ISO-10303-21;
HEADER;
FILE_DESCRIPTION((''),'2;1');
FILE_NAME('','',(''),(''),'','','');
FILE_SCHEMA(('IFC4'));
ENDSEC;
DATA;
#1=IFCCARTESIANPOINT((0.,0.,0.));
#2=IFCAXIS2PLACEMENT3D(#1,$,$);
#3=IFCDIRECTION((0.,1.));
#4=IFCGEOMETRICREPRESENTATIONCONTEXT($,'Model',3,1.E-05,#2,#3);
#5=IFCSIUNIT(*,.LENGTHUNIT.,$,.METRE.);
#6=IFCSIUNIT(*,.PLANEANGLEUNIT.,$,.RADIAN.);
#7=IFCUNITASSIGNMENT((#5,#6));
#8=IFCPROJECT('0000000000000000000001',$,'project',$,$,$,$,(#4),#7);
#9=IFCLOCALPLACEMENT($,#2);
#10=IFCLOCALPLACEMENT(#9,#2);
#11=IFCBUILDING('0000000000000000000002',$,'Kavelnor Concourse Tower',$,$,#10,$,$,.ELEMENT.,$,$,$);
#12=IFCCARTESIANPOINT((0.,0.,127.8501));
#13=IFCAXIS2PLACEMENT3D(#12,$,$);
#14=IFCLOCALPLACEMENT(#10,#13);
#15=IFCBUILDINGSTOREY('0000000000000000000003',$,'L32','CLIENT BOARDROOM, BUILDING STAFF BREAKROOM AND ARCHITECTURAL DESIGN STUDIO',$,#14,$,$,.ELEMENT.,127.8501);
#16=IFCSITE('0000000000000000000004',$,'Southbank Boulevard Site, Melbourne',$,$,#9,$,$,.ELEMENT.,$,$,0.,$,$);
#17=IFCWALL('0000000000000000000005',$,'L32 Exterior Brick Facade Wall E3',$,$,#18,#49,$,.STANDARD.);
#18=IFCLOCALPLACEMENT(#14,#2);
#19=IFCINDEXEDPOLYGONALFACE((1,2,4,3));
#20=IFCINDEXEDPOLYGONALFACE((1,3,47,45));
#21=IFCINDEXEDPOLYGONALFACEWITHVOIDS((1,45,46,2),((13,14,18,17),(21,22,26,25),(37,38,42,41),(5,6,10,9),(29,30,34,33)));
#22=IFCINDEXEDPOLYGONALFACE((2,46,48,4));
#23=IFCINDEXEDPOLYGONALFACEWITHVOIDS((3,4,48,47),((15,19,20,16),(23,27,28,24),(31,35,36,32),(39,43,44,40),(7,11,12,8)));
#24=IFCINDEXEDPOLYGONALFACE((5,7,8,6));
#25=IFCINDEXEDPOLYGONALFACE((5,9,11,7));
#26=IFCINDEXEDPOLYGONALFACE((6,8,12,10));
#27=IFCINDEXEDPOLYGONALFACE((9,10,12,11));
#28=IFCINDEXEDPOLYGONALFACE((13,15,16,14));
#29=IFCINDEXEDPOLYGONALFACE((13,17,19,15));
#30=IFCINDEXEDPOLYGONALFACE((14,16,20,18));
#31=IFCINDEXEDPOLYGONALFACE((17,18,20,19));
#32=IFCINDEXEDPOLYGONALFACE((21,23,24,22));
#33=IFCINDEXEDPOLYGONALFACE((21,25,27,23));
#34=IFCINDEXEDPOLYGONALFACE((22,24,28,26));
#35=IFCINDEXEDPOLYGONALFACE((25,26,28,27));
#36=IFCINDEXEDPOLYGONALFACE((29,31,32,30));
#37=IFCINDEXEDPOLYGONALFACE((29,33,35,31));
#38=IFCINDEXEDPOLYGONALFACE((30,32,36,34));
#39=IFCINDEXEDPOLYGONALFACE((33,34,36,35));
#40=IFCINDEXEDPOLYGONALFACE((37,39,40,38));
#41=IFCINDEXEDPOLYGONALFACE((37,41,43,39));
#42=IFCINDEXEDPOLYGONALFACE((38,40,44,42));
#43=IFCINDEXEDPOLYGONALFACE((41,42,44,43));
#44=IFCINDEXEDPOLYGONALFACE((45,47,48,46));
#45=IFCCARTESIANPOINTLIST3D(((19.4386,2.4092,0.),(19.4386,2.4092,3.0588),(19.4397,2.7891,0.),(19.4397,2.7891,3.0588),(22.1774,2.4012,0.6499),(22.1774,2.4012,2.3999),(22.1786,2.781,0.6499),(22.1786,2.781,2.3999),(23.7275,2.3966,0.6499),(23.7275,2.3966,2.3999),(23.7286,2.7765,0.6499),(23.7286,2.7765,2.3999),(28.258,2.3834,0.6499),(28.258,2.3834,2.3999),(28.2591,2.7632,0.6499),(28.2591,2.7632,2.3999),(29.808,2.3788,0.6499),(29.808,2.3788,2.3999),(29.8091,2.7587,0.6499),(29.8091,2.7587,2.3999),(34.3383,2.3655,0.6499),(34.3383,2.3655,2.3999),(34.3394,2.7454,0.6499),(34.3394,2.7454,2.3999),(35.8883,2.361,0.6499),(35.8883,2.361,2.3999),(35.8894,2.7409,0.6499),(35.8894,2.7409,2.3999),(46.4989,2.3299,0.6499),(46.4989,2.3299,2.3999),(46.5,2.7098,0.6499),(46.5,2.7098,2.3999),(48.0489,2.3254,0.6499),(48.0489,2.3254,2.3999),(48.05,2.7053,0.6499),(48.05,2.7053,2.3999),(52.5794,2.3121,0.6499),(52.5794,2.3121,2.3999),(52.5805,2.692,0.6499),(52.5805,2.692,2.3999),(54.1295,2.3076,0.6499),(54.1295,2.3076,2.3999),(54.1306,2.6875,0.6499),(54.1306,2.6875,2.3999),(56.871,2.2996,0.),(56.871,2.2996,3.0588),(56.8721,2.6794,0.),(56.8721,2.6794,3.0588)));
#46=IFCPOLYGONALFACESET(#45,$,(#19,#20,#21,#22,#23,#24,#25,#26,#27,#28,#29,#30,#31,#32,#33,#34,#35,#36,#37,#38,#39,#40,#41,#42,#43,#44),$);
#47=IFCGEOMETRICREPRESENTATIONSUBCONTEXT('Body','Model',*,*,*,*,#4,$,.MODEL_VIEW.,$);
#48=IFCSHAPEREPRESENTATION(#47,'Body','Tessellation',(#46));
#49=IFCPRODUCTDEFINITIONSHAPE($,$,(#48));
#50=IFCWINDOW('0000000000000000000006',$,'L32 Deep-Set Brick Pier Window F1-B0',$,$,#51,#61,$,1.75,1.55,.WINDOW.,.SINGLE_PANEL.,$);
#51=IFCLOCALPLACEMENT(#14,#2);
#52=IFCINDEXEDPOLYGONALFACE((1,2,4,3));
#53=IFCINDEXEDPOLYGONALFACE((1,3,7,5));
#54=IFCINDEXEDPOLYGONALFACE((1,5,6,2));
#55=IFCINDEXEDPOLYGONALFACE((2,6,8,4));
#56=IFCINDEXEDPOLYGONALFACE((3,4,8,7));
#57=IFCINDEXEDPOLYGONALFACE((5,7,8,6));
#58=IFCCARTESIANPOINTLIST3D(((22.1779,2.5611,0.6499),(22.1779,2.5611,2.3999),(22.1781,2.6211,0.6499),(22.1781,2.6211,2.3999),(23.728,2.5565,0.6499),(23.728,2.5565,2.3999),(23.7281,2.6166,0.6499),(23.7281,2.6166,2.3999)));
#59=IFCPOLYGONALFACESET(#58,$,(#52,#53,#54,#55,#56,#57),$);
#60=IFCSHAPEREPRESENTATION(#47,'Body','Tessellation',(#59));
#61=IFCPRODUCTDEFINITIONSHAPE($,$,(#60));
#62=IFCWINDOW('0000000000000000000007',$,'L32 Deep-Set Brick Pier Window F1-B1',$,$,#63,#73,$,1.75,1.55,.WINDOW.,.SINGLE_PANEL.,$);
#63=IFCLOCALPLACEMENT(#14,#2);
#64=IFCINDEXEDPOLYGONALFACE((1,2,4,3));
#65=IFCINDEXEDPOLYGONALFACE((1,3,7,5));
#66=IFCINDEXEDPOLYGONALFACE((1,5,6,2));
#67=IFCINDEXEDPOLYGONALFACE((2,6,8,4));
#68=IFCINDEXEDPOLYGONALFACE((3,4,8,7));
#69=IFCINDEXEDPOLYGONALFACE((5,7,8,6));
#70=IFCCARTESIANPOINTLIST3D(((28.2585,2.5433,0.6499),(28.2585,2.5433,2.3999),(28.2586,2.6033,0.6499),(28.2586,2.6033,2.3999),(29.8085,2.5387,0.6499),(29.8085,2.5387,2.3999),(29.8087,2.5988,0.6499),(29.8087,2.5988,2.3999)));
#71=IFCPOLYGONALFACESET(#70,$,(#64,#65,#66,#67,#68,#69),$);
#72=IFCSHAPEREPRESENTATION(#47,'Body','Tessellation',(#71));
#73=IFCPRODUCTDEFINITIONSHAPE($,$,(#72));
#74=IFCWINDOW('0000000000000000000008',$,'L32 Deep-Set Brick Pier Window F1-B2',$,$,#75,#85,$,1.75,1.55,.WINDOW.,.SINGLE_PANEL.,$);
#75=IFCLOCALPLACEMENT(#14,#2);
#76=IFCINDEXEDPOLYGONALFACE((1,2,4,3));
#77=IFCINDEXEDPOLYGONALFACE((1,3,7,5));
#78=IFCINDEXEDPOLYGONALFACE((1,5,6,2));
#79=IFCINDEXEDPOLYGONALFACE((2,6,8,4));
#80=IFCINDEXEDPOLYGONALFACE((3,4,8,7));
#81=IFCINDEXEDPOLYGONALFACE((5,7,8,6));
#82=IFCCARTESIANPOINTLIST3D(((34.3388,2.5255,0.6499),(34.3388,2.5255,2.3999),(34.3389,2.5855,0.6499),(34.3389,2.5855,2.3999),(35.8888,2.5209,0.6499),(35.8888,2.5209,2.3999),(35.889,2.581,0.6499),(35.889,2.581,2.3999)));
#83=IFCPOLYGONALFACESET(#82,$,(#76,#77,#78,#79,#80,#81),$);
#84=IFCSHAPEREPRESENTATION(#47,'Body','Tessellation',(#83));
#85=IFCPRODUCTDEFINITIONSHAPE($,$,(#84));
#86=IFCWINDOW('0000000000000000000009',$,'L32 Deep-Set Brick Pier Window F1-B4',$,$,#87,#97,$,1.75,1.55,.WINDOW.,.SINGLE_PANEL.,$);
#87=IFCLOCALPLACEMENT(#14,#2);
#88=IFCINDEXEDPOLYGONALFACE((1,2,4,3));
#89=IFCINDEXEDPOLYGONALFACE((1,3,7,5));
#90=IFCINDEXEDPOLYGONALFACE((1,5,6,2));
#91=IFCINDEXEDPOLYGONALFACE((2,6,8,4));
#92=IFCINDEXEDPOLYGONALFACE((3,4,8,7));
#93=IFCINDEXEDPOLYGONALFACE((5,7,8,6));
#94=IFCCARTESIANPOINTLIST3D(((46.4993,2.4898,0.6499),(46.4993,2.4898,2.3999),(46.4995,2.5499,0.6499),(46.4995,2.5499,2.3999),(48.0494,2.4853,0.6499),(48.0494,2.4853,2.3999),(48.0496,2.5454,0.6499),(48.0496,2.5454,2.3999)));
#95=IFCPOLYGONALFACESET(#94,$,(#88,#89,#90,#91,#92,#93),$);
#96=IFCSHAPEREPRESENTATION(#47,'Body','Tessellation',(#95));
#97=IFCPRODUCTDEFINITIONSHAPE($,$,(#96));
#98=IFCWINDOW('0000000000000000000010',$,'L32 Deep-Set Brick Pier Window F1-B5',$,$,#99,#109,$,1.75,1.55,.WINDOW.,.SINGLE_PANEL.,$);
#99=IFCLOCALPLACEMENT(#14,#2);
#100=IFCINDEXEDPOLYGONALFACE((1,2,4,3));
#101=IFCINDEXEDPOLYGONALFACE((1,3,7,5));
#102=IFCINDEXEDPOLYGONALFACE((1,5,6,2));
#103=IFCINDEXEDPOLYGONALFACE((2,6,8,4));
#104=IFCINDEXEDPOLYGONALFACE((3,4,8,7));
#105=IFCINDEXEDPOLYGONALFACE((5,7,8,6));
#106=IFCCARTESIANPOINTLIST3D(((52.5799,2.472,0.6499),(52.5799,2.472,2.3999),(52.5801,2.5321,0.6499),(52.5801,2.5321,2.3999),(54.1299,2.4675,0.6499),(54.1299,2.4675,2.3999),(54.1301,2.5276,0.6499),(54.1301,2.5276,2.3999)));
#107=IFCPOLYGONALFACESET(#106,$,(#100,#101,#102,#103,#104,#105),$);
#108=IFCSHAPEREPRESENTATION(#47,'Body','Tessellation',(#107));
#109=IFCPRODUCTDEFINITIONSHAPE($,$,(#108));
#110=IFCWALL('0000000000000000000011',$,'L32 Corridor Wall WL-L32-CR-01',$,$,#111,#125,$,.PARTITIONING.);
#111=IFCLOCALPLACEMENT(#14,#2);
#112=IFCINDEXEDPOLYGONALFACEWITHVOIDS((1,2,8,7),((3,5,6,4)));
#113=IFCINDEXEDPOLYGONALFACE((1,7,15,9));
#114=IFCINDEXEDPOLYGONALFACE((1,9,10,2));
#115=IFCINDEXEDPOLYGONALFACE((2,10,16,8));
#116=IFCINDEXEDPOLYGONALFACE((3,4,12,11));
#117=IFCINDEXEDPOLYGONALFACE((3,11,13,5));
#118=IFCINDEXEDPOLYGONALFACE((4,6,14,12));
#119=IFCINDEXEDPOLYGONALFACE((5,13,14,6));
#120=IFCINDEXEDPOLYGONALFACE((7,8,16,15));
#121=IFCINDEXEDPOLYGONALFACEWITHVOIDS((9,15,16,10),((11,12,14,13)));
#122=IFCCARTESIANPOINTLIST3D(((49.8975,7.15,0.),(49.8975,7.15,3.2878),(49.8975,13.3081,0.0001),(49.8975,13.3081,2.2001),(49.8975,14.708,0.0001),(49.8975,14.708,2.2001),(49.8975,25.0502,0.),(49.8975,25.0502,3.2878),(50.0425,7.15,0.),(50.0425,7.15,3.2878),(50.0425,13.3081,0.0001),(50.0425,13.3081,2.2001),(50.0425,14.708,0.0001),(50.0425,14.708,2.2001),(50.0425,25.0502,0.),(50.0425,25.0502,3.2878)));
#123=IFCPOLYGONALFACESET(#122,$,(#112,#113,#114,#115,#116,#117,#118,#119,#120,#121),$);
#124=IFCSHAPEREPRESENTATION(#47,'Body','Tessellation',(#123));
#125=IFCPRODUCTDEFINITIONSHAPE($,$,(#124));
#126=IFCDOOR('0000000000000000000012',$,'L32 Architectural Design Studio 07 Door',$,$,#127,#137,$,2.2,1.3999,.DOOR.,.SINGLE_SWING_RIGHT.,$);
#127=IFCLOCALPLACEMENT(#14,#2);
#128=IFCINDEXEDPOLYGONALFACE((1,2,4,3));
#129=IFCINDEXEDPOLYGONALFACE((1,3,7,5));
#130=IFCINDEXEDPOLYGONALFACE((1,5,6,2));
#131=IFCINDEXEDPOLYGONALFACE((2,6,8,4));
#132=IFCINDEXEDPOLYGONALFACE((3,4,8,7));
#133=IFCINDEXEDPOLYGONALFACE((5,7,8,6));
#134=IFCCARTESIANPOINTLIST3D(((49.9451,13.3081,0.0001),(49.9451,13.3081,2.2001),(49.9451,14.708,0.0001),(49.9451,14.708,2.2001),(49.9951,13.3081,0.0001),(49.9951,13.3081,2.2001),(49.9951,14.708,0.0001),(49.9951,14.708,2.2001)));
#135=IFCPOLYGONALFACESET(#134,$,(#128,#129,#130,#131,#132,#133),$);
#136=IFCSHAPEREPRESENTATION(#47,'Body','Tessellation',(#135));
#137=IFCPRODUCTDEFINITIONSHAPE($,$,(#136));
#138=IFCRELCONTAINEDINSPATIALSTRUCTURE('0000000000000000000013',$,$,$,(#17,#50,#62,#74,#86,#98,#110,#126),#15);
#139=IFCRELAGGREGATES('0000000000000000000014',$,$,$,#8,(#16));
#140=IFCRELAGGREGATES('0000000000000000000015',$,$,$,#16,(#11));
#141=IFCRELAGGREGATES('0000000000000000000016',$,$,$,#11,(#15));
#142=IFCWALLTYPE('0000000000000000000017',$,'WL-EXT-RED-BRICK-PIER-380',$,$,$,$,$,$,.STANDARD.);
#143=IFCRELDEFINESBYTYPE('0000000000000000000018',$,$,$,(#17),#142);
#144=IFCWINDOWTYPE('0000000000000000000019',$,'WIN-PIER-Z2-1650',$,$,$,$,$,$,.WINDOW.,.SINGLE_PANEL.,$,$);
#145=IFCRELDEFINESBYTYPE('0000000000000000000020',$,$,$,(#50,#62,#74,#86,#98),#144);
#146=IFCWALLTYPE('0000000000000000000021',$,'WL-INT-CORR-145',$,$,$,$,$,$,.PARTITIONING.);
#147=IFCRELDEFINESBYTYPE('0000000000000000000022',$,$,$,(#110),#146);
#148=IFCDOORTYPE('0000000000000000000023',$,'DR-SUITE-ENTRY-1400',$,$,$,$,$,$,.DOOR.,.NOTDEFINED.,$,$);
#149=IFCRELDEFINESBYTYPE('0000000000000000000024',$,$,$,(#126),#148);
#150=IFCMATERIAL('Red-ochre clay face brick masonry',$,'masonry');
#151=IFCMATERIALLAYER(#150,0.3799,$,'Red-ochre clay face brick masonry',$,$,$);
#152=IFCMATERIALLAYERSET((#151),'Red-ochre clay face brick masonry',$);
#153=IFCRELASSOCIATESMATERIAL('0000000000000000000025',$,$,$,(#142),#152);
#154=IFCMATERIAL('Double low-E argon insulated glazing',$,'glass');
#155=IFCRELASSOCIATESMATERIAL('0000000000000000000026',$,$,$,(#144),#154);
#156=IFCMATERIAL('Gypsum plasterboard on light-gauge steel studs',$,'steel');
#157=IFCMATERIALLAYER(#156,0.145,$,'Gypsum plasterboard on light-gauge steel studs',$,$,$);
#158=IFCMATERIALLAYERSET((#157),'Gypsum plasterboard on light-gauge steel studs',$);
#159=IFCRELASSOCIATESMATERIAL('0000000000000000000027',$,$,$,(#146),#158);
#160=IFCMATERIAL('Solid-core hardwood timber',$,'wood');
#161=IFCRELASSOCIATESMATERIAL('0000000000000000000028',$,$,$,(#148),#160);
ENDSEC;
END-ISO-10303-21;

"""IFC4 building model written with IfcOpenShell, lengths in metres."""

from ifc_helpers import new_model, si_unit, direction, frame, frame_2d, origin, place, context, subcontext, project, spatial, rectangle, extrude, material, layer, layer_set, type_object, element, fill, save


model = new_model("IFC4")

# Units and contexts
model_context = context("Model", 3, precision=1e-05, world=origin(), true_north=direction((0.0, 1.0)))
body_context = subcontext(model_context, "Body", "Model", "MODEL_VIEW")
ifc_project = project(units=[si_unit("LENGTHUNIT", "METRE"), si_unit("PLANEANGLEUNIT", "RADIAN")], contexts=[model_context])

# Site, building, storey
site_placement = place(None, origin())
site = spatial("IfcSite", under=ifc_project, at=site_placement, Name="Southbank Boulevard Site, Melbourne", CompositionType="ELEMENT", RefElevation=0.0)
building_placement = place(site_placement, origin())
building = spatial("IfcBuilding", under=site, at=building_placement, Name="Kavelnor Concourse Tower", CompositionType="ELEMENT")
storey_placement = place(building_placement, frame((0.0, 0.0, 127.8501)))
storey = spatial("IfcBuildingStorey", under=building, at=storey_placement, Name="L32", Description="CLIENT BOARDROOM, BUILDING STAFF BREAKROOM AND ARCHITECTURAL DESIGN STUDIO", CompositionType="ELEMENT", Elevation=127.8501)

# Shared definitions
ifc_material_1 = material(Name="Double low-E argon insulated glazing", Category="glass")

# Wall, openings, windows
ifc_material_2 = material(Name="Red-ochre clay face brick masonry", Category="masonry")
ifc_layer_1 = layer(ifc_material_2, 0.3799, Name="Red-ochre clay face brick masonry")
ifc_layer_set_1 = layer_set([ifc_layer_1], Name="Red-ochre clay face brick masonry")
wall_type_1 = type_object("IfcWallType", Name="WL-EXT-RED-BRICK-PIER-380", PredefinedType="STANDARD", material=ifc_layer_set_1)
wall_1_placement = place(storey_placement, frame((56.8716, 2.4895, 0.0), z_axis=(0.0, 0.0, 1.0), x_axis=(-0.999996, 0.002928, 0.0)))
wall_1 = element("IfcWall", 1, at=wall_1_placement, inside=storey, type_object=wall_type_1, Name="L32 Exterior Brick Facade Wall E3", PredefinedType="STANDARD", context=body_context, shape_type="SweptSolid", body=[
    extrude(rectangle(XDim=37.4326, YDim=0.3799, at=frame_2d((18.7163, 0.0))), origin(), (0.0, 0.0, 1.0), 3.0588),
])
opening_1_placement = place(wall_1_placement, frame((33.1438, 0.0, 0.6499)))
opening_1 = element("IfcOpeningElement", 2, at=opening_1_placement, cuts=wall_1, PredefinedType="OPENING", context=body_context, shape_type="SweptSolid", body=[
    extrude(rectangle(XDim=1.55, YDim=1.75, at=frame_2d((0.7749, 0.875))), frame((0.0, 0.2, 0.0), z_axis=(0.0, -1.0, 0.0), x_axis=(1.0, 0.0, 0.0)), (0.0, 0.0, 1.0), 0.3999),
])
opening_2_placement = place(wall_1_placement, frame((27.0632, 0.0, 0.6499)))
opening_2 = element("IfcOpeningElement", 3, at=opening_2_placement, cuts=wall_1, PredefinedType="OPENING", context=body_context, shape_type="SweptSolid", body=[
    extrude(rectangle(XDim=1.55, YDim=1.75, at=frame_2d((0.7749, 0.875))), frame((0.0, 0.2, 0.0), z_axis=(0.0, -1.0, 0.0), x_axis=(1.0, 0.0, 0.0)), (0.0, 0.0, 1.0), 0.3999),
])
opening_3_placement = place(wall_1_placement, frame((20.9829, 0.0, 0.6499)))
opening_3 = element("IfcOpeningElement", 4, at=opening_3_placement, cuts=wall_1, PredefinedType="OPENING", context=body_context, shape_type="SweptSolid", body=[
    extrude(rectangle(XDim=1.55, YDim=1.75, at=frame_2d((0.7749, 0.875))), frame((0.0, 0.2, 0.0), z_axis=(0.0, -1.0, 0.0), x_axis=(1.0, 0.0, 0.0)), (0.0, 0.0, 1.0), 0.3999),
])
opening_4_placement = place(wall_1_placement, frame((8.8223, 0.0, 0.6499)))
opening_4 = element("IfcOpeningElement", 5, at=opening_4_placement, cuts=wall_1, PredefinedType="OPENING", context=body_context, shape_type="SweptSolid", body=[
    extrude(rectangle(XDim=1.55, YDim=1.75, at=frame_2d((0.7749, 0.875))), frame((0.0, 0.2, 0.0), z_axis=(0.0, -1.0, 0.0), x_axis=(1.0, 0.0, 0.0)), (0.0, 0.0, 1.0), 0.3999),
])
opening_5_placement = place(wall_1_placement, frame((2.7417, 0.0, 0.6499)))
opening_5 = element("IfcOpeningElement", 6, at=opening_5_placement, cuts=wall_1, PredefinedType="OPENING", context=body_context, shape_type="SweptSolid", body=[
    extrude(rectangle(XDim=1.55, YDim=1.75, at=frame_2d((0.7749, 0.875))), frame((0.0, 0.2, 0.0), z_axis=(0.0, -1.0, 0.0), x_axis=(1.0, 0.0, 0.0)), (0.0, 0.0, 1.0), 0.3999),
])
window_type_1 = type_object("IfcWindowType", Name="WIN-PIER-Z2-1650", PartitioningType="SINGLE_PANEL", PredefinedType="WINDOW", material=ifc_material_1)
window_1_placement = place(opening_1_placement, origin())
window_1 = element("IfcWindow", 7, at=window_1_placement, inside=storey, type_object=window_type_1, Name="L32 Deep-Set Brick Pier Window F1-B0", OverallHeight=1.75, OverallWidth=1.55, PartitioningType="SINGLE_PANEL", PredefinedType="WINDOW", context=body_context, shape_type="SweptSolid", body=[
    extrude(rectangle(XDim=1.55, YDim=1.75, at=frame_2d((0.7749, 0.875))), frame((0.0, 0.03, 0.0), z_axis=(0.0, -1.0, 0.0), x_axis=(1.0, 0.0, 0.0)), (0.0, 0.0, 1.0), 0.0601),
])
fill(opening_1, window_1)
window_2_placement = place(opening_2_placement, origin())
window_2 = element("IfcWindow", 8, at=window_2_placement, inside=storey, type_object=window_type_1, Name="L32 Deep-Set Brick Pier Window F1-B1", OverallHeight=1.75, OverallWidth=1.55, PartitioningType="SINGLE_PANEL", PredefinedType="WINDOW", context=body_context, shape_type="SweptSolid", body=[
    extrude(rectangle(XDim=1.55, YDim=1.75, at=frame_2d((0.7749, 0.875))), frame((0.0, 0.03, 0.0), z_axis=(0.0, -1.0, 0.0), x_axis=(1.0, 0.0, 0.0)), (0.0, 0.0, 1.0), 0.0601),
])
fill(opening_2, window_2)
window_3_placement = place(opening_3_placement, origin())
window_3 = element("IfcWindow", 9, at=window_3_placement, inside=storey, type_object=window_type_1, Name="L32 Deep-Set Brick Pier Window F1-B2", OverallHeight=1.75, OverallWidth=1.55, PartitioningType="SINGLE_PANEL", PredefinedType="WINDOW", context=body_context, shape_type="SweptSolid", body=[
    extrude(rectangle(XDim=1.55, YDim=1.75, at=frame_2d((0.7749, 0.875))), frame((0.0, 0.03, 0.0), z_axis=(0.0, -1.0, 0.0), x_axis=(1.0, 0.0, 0.0)), (0.0, 0.0, 1.0), 0.0601),
])
fill(opening_3, window_3)
window_4_placement = place(opening_4_placement, origin())
window_4 = element("IfcWindow", 10, at=window_4_placement, inside=storey, type_object=window_type_1, Name="L32 Deep-Set Brick Pier Window F1-B4", OverallHeight=1.75, OverallWidth=1.55, PartitioningType="SINGLE_PANEL", PredefinedType="WINDOW", context=body_context, shape_type="SweptSolid", body=[
    extrude(rectangle(XDim=1.55, YDim=1.75, at=frame_2d((0.7749, 0.875))), frame((0.0, 0.03, 0.0), z_axis=(0.0, -1.0, 0.0), x_axis=(1.0, 0.0, 0.0)), (0.0, 0.0, 1.0), 0.0601),
])
fill(opening_4, window_4)
window_5_placement = place(opening_5_placement, origin())
window_5 = element("IfcWindow", 11, at=window_5_placement, inside=storey, type_object=window_type_1, Name="L32 Deep-Set Brick Pier Window F1-B5", OverallHeight=1.75, OverallWidth=1.55, PartitioningType="SINGLE_PANEL", PredefinedType="WINDOW", context=body_context, shape_type="SweptSolid", body=[
    extrude(rectangle(XDim=1.55, YDim=1.75, at=frame_2d((0.7749, 0.875))), frame((0.0, 0.03, 0.0), z_axis=(0.0, -1.0, 0.0), x_axis=(1.0, 0.0, 0.0)), (0.0, 0.0, 1.0), 0.0601),
])
fill(opening_5, window_5)

# Wall, opening, door
ifc_material_3 = material(Name="Gypsum plasterboard on light-gauge steel studs", Category="steel")
ifc_layer_2 = layer(ifc_material_3, 0.145, Name="Gypsum plasterboard on light-gauge steel studs")
ifc_layer_set_2 = layer_set([ifc_layer_2], Name="Gypsum plasterboard on light-gauge steel studs")
wall_type_2 = type_object("IfcWallType", Name="WL-INT-CORR-145", PredefinedType="PARTITIONING", material=ifc_layer_set_2)
wall_2_placement = place(storey_placement, frame((49.97, 7.1499, 0.0), z_axis=(0.0, 0.0, 1.0), x_axis=(0.0, 1.0, 0.0)))
wall_2 = element("IfcWall", 12, at=wall_2_placement, inside=storey, type_object=wall_type_2, Name="L32 Corridor Wall WL-L32-CR-01", PredefinedType="PARTITIONING", context=body_context, shape_type="SweptSolid", body=[
    extrude(rectangle(XDim=17.9001, YDim=0.145, at=frame_2d((8.9502, 0.0))), origin(), (0.0, 0.0, 1.0), 3.2878),
])
opening_6_placement = place(wall_2_placement, frame((6.1582, 0.0, 0.0)))
opening_6 = element("IfcOpeningElement", 13, at=opening_6_placement, cuts=wall_2, PredefinedType="OPENING", context=body_context, shape_type="SweptSolid", body=[
    extrude(rectangle(XDim=1.3999, YDim=2.2, at=frame_2d((0.7, 1.1001))), frame((0.0, 0.0825, 0.0), z_axis=(0.0, -1.0, 0.0), x_axis=(1.0, 0.0, 0.0)), (0.0, 0.0, 1.0), 0.165),
])
ifc_material_4 = material(Name="Solid-core hardwood timber", Category="wood")
door_type = type_object("IfcDoorType", Name="DR-SUITE-ENTRY-1400", OperationType="NOTDEFINED", PredefinedType="DOOR", material=ifc_material_4)
door_placement = place(opening_6_placement, origin())
door = element("IfcDoor", 14, at=door_placement, inside=storey, type_object=door_type, Name="L32 Architectural Design Studio 07 Door", OperationType="SINGLE_SWING_RIGHT", OverallHeight=2.2, OverallWidth=1.3999, PredefinedType="DOOR", context=body_context, shape_type="SweptSolid", body=[
    extrude(rectangle(XDim=1.3999, YDim=2.2, at=frame_2d((0.7, 1.1001))), frame((0.0, 0.0249, 0.0), z_axis=(0.0, -1.0, 0.0), x_axis=(1.0, 0.0, 0.0)), (0.0, 0.0, 1.0), 0.05),
])
fill(opening_6, door)

save(model, "model.ifc")
